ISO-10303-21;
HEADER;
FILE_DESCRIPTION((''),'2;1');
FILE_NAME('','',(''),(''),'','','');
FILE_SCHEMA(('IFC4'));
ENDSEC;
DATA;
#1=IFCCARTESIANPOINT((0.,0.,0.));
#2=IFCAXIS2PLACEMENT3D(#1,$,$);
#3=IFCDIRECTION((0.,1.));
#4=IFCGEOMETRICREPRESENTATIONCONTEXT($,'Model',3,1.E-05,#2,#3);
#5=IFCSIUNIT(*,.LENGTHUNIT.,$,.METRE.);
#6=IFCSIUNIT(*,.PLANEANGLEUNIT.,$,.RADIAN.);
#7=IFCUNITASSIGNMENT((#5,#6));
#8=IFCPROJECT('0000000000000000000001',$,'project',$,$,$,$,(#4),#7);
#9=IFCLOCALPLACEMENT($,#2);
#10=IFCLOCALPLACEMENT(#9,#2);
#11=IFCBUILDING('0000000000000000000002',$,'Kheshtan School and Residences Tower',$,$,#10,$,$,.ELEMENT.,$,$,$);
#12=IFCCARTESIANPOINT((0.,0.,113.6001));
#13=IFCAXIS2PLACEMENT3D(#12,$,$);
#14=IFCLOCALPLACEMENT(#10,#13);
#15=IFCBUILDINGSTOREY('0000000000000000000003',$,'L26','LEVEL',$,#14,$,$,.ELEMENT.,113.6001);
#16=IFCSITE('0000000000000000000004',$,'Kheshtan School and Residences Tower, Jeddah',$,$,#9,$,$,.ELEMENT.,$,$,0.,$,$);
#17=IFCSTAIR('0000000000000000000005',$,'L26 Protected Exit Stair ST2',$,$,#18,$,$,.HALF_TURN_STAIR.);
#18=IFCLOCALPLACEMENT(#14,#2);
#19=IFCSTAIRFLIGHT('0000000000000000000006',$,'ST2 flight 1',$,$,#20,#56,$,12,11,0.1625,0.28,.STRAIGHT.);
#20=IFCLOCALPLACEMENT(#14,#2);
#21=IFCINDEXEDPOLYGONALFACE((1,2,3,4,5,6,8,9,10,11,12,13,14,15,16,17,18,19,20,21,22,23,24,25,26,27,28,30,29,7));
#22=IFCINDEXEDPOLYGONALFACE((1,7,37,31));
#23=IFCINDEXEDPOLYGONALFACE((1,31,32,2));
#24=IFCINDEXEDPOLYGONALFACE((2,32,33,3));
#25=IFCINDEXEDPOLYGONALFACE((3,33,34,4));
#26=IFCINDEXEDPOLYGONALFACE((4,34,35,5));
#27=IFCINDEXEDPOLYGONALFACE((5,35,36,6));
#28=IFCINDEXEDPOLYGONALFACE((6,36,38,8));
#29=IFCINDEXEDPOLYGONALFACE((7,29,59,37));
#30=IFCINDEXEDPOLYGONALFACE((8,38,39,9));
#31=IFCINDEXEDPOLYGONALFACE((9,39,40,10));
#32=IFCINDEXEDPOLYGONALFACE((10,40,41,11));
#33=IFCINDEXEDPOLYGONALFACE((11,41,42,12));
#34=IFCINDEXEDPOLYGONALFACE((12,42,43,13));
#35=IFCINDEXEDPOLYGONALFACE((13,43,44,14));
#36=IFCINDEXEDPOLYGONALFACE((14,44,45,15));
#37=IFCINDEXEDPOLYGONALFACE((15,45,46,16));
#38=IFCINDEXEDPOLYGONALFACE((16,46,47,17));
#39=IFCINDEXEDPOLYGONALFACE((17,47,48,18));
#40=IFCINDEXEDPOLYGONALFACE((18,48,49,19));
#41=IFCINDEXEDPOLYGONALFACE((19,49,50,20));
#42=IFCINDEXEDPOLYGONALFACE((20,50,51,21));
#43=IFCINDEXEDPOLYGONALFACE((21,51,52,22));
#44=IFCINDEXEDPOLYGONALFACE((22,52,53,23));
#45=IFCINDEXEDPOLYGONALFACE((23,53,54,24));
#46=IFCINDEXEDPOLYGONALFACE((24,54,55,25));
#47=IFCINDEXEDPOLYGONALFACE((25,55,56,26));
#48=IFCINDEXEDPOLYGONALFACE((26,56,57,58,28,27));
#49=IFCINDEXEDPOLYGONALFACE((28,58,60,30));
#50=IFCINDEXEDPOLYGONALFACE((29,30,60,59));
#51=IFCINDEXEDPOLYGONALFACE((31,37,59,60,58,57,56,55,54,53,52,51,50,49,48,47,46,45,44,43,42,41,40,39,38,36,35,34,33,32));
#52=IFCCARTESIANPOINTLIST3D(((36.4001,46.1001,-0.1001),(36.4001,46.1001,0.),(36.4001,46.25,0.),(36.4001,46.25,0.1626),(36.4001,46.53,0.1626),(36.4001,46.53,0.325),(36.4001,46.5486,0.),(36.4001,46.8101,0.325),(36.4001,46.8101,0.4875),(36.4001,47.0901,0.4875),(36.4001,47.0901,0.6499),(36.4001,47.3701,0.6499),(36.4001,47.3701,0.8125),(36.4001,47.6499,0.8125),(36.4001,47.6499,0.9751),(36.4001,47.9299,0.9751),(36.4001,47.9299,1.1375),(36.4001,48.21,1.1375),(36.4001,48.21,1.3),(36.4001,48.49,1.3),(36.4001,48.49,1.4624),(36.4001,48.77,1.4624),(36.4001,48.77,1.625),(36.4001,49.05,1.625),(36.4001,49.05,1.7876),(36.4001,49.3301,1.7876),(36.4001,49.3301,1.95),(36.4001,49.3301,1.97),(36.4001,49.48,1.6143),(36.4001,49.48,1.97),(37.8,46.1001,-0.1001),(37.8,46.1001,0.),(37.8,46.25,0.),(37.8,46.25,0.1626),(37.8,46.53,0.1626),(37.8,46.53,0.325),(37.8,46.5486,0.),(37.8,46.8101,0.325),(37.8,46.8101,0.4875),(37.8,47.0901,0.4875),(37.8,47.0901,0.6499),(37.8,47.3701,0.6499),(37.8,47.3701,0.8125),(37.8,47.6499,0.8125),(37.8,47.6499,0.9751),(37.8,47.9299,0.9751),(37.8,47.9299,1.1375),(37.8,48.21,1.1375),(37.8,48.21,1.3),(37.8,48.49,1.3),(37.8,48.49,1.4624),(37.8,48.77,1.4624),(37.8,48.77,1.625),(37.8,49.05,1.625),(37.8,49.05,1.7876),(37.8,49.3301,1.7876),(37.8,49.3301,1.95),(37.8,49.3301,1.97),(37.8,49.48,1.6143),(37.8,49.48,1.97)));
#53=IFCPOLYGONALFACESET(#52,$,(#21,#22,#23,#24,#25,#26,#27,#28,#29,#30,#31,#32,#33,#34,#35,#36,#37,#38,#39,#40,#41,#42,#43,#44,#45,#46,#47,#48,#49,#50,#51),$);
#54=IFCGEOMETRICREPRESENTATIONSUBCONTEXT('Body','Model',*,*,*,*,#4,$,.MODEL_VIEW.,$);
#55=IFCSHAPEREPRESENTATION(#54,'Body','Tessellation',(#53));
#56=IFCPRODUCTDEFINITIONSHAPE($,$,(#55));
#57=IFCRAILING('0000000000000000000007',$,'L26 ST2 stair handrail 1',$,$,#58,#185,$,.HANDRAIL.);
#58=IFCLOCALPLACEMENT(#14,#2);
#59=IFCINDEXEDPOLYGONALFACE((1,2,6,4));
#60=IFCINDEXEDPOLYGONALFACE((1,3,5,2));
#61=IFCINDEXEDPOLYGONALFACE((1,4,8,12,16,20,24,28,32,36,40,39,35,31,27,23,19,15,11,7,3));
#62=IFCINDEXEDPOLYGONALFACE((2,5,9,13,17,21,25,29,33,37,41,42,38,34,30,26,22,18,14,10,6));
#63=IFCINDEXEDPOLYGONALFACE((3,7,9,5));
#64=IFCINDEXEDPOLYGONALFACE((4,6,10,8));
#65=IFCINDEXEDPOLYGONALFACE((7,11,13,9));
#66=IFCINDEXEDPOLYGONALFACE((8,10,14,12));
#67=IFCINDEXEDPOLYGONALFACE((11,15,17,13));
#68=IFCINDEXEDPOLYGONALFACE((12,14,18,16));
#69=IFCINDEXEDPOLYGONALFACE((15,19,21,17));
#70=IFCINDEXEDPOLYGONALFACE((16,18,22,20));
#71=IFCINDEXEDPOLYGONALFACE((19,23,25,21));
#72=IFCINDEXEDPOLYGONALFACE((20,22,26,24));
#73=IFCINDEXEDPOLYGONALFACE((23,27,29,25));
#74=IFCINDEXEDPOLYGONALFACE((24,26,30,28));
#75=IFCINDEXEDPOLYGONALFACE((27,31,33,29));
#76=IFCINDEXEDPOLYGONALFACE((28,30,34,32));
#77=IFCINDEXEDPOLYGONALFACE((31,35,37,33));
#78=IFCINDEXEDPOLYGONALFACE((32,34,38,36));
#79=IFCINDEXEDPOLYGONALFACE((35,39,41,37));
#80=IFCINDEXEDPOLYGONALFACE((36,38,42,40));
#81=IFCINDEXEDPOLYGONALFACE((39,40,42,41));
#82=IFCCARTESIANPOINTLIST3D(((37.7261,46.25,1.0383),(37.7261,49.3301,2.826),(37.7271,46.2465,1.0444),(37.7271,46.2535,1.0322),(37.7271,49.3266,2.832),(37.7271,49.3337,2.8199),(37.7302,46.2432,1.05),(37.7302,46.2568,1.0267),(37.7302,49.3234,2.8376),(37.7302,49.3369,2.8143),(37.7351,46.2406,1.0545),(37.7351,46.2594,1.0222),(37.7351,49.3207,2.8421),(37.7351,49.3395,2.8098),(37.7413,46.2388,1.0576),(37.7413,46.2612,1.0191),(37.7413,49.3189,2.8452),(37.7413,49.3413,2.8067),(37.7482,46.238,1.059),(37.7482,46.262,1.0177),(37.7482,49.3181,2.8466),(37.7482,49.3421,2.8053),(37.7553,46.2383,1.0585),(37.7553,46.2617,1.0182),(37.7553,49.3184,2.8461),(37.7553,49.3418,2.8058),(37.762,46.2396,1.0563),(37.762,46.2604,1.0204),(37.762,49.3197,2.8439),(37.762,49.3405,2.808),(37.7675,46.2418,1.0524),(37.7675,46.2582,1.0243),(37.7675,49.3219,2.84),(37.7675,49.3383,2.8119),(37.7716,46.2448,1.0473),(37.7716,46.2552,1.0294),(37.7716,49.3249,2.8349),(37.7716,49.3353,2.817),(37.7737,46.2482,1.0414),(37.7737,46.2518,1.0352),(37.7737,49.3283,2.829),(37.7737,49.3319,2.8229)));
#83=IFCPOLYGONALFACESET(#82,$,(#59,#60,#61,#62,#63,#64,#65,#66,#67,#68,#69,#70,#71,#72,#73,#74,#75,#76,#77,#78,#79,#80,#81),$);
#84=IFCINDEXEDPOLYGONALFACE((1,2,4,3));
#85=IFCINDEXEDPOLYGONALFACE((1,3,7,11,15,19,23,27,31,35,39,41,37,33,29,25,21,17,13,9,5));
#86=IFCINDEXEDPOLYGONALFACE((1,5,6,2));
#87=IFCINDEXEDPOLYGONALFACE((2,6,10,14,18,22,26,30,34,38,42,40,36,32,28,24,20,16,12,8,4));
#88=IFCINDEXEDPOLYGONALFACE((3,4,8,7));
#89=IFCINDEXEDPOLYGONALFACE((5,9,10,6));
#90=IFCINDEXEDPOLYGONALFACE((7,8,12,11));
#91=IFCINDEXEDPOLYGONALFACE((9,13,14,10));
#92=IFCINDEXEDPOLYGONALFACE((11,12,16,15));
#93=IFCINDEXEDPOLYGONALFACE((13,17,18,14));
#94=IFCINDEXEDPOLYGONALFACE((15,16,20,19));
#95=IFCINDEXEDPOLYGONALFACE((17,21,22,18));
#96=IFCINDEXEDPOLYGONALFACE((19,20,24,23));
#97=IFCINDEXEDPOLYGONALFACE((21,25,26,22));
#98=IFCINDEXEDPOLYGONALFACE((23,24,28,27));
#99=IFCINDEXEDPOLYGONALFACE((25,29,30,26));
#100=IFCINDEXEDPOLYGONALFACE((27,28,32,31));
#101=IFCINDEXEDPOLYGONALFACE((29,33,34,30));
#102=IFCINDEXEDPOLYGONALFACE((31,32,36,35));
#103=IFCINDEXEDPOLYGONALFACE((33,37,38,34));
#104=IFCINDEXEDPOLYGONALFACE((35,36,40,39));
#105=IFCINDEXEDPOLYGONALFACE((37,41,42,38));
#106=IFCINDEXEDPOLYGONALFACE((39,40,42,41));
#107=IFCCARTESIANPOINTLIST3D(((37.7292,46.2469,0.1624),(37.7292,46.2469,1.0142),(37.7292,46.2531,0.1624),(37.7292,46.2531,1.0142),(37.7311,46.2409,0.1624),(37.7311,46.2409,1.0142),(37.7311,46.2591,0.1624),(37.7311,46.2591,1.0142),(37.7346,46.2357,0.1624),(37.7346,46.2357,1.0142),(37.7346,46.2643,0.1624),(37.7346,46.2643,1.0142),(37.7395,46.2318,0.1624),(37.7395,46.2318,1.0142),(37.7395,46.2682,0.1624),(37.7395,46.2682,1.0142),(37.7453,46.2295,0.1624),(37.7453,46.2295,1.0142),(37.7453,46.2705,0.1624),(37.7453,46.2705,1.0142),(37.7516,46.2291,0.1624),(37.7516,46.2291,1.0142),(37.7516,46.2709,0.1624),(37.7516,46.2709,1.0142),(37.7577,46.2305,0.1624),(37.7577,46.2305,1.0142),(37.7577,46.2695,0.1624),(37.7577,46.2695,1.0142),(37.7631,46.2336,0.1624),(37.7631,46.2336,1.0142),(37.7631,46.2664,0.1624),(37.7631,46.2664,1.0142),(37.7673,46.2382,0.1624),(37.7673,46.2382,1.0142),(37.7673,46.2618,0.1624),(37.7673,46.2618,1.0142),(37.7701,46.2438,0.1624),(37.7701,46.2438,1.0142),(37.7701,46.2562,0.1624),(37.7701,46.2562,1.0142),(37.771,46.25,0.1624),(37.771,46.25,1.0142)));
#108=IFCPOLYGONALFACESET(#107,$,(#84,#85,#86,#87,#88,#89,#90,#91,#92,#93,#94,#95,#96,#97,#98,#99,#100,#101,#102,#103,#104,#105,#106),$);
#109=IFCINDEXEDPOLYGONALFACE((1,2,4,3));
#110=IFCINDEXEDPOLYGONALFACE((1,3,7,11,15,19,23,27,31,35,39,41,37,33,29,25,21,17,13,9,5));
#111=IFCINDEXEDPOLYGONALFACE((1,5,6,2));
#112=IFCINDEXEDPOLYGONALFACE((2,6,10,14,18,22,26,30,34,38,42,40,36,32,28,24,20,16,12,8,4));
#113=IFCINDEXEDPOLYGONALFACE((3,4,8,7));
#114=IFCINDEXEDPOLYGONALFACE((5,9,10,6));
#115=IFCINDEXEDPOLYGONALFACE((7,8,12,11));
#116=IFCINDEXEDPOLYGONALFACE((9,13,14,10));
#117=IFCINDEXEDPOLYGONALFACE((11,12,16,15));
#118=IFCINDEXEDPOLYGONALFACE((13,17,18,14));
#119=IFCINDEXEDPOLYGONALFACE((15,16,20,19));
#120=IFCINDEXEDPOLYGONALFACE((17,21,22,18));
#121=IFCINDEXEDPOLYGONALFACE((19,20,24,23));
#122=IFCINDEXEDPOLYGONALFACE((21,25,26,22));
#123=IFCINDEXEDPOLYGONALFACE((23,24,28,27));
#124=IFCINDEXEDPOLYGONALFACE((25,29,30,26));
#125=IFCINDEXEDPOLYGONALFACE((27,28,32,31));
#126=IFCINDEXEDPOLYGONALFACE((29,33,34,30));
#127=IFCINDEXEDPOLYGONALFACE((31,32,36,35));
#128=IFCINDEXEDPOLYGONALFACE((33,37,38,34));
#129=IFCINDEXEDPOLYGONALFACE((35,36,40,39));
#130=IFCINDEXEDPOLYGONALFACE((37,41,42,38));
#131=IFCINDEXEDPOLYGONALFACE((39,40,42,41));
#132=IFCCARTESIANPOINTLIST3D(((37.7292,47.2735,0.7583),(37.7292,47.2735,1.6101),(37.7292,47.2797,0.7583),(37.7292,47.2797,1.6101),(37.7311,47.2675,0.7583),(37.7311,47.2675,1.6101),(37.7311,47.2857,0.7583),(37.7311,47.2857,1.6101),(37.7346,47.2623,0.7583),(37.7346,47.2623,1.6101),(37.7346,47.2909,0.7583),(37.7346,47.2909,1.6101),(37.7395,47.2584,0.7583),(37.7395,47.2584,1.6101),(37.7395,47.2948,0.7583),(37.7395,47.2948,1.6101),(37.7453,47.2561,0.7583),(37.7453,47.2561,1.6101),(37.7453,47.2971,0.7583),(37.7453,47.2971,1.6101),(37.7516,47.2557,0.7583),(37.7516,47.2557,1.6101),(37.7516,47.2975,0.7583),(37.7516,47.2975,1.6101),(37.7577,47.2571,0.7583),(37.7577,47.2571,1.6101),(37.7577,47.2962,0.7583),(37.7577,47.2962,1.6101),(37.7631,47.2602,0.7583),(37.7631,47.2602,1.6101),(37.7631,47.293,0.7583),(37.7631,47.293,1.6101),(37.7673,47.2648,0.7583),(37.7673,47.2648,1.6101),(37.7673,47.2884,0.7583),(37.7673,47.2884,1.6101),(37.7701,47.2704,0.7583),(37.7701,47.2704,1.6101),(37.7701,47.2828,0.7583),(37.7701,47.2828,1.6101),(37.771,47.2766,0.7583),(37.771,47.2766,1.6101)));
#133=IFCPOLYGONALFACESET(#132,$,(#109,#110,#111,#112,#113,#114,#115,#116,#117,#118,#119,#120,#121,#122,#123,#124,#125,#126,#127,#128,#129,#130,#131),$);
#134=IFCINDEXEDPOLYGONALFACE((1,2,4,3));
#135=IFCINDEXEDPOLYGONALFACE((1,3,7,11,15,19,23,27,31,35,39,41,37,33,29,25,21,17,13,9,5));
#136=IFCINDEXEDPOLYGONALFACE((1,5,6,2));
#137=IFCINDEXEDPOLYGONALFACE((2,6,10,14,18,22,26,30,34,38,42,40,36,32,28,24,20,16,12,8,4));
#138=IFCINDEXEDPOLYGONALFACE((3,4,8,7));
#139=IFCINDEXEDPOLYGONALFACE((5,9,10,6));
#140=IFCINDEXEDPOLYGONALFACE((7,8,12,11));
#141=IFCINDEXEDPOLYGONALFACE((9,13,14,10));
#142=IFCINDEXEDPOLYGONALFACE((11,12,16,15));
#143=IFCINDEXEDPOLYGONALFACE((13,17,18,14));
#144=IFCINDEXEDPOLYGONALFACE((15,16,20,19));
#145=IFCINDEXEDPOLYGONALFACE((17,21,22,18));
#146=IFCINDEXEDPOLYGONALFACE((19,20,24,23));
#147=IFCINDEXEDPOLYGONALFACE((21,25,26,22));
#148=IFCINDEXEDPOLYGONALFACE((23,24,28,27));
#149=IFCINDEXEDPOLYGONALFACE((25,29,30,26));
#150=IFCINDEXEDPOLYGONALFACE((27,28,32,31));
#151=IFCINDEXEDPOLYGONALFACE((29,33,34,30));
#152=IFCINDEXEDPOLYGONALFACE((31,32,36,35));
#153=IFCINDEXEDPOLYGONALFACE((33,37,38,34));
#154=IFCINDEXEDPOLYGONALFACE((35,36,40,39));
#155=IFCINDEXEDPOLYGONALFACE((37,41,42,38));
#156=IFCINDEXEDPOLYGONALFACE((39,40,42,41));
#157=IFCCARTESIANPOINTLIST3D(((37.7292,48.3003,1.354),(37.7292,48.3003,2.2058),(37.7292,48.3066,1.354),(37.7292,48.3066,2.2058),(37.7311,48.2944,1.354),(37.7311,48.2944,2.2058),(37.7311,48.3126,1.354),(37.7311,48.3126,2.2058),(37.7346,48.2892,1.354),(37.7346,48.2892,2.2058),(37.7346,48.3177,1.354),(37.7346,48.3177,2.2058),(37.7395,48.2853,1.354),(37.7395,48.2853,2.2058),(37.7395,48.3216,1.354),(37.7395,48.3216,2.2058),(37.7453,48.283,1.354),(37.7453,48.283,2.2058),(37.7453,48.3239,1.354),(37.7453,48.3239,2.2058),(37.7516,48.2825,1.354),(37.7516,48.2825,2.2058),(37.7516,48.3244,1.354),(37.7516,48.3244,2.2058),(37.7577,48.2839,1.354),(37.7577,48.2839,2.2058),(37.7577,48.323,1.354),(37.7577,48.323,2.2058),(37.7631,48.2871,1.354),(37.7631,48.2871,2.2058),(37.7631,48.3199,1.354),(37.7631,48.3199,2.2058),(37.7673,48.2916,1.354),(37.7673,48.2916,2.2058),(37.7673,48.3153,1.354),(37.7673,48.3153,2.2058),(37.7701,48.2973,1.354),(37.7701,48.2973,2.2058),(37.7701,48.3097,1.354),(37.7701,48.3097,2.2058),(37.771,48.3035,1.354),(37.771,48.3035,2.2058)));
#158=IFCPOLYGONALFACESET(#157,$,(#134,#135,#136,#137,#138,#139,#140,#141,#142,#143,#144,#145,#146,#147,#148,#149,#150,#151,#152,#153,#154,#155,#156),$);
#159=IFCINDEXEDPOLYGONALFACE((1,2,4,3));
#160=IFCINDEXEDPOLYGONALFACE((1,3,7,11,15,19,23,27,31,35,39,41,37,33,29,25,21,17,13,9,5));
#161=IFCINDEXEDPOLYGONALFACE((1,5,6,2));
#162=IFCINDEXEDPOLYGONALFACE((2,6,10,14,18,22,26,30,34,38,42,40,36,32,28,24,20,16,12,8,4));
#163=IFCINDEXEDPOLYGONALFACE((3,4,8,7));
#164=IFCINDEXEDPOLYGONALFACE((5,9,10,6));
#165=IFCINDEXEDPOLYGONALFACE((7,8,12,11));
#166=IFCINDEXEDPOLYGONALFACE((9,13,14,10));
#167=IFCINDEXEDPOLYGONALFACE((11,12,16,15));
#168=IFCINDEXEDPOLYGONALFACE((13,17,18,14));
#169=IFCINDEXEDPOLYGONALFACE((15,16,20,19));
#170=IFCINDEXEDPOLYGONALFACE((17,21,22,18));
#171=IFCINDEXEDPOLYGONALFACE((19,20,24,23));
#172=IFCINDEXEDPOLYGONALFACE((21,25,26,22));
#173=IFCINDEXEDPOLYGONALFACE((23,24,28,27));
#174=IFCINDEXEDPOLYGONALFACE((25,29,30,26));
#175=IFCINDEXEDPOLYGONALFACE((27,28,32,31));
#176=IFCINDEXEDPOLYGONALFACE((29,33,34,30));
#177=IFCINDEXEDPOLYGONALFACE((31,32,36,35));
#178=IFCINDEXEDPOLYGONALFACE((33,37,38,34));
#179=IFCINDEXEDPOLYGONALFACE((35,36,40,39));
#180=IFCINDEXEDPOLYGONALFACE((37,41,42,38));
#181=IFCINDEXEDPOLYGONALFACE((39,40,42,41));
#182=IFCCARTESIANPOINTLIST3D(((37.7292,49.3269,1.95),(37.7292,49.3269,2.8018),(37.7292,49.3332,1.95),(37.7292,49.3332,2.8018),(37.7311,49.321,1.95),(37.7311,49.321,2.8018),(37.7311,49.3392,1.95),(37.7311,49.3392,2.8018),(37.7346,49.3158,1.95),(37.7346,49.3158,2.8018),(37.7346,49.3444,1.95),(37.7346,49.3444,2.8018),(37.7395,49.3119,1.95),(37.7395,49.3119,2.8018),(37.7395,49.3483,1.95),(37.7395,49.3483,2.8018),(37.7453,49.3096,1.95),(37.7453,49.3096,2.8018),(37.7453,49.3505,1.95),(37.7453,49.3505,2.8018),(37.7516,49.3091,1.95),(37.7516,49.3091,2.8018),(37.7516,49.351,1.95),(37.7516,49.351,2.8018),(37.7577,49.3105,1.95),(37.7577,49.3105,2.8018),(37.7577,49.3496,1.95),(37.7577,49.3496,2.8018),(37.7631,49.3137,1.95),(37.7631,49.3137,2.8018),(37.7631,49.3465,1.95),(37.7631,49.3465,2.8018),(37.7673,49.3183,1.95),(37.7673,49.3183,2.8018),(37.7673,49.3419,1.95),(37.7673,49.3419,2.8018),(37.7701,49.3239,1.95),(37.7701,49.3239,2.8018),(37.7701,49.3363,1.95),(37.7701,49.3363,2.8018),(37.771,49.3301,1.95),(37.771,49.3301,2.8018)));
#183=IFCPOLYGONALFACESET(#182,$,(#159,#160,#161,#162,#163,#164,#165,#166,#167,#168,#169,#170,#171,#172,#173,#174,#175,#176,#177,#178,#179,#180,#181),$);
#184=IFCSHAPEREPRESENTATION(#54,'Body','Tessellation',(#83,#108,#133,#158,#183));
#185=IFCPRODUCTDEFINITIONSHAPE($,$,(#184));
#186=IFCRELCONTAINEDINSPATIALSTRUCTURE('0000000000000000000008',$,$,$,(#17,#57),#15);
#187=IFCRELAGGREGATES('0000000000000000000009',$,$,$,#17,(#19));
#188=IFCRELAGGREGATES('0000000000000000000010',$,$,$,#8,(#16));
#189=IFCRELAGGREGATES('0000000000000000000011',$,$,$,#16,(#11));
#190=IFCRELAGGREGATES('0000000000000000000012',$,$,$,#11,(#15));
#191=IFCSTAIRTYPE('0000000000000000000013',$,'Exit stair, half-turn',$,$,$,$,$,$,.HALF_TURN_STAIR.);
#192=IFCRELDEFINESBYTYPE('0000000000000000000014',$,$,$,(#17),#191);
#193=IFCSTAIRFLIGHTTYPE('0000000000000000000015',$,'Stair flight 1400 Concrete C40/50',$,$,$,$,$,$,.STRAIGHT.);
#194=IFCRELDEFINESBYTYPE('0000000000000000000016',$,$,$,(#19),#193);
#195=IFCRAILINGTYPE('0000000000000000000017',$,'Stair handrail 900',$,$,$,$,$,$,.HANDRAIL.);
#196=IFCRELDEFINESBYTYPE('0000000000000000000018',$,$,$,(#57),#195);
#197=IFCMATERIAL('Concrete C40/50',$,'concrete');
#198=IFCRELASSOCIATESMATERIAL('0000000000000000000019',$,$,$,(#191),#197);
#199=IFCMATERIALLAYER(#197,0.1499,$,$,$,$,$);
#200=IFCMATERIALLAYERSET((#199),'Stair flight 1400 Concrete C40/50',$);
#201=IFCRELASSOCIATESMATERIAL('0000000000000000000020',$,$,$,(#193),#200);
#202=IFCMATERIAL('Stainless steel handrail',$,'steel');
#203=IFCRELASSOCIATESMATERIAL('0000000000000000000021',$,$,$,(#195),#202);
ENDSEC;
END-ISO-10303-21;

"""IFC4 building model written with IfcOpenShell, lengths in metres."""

from ifc_helpers import new_model, si_unit, direction, frame, origin, origin_2d, place, context, subcontext, project, spatial, polyline, circle, outline, extrude, material, layer, layer_set, type_object, element, aggregate, save


model = new_model("IFC4")

# Units and contexts
model_context = context("Model", 3, precision=1e-05, world=origin(), true_north=direction((0.0, 1.0)))
body_context = subcontext(model_context, "Body", "Model", "MODEL_VIEW")
ifc_project = project(units=[si_unit("LENGTHUNIT", "METRE"), si_unit("PLANEANGLEUNIT", "RADIAN")], contexts=[model_context])

# Site, building, storey
site_placement = place(None, origin())
site = spatial("IfcSite", under=ifc_project, at=site_placement, Name="Kheshtan School and Residences Tower, Jeddah", CompositionType="ELEMENT", RefElevation=0.0)
building_placement = place(site_placement, origin())
building = spatial("IfcBuilding", under=site, at=building_placement, Name="Kheshtan School and Residences Tower", CompositionType="ELEMENT")
storey_placement = place(building_placement, frame((0.0, 0.0, 113.6001)))
storey = spatial("IfcBuildingStorey", under=building, at=storey_placement, Name="L26", Description="LEVEL", CompositionType="ELEMENT", Elevation=113.6001)

# Shared definitions
ifc_material_1 = material(Name="Concrete C40/50", Category="concrete")

# Stair, stair flight
stair_type = type_object("IfcStairType", Name="Exit stair, half-turn", PredefinedType="HALF_TURN_STAIR", material=ifc_material_1)
stair_placement = place(storey_placement, origin())
stair = element("IfcStair", 1, at=stair_placement, inside=storey, type_object=stair_type, Name="L26 Protected Exit Stair ST2", PredefinedType="HALF_TURN_STAIR")
ifc_layer_1 = layer(ifc_material_1, 0.1499)
ifc_layer_set_1 = layer_set([ifc_layer_1], Name="Stair flight 1400 Concrete C40/50")
stair_flight_type = type_object("IfcStairFlightType", Name="Stair flight 1400 Concrete C40/50", PredefinedType="STRAIGHT", material=ifc_layer_set_1)
stair_flight_placement = place(storey_placement, frame((37.1001, 46.25, 0.0), z_axis=(0.0, 0.0, 1.0), x_axis=(0.0, 1.0, 0.0)))
stair_flight = element("IfcStairFlight", 2, at=stair_flight_placement, type_object=stair_flight_type, Name="ST2 flight 1", NumberOfRisers=12, NumberOfTreads=11, PredefinedType="STRAIGHT", RiserHeight=0.1625, TreadLength=0.28, context=body_context, shape_type="SweptSolid", body=[
    extrude(outline(polyline([(-0.1499, -0.1001), (-0.1499, 0.0), (0.0, 0.0), (0.0, 0.1626), (0.28, 0.1626), (0.28, 0.325), (0.5601, 0.325), (0.5601, 0.4875), (0.8401, 0.4875), (0.8401, 0.6499), (1.1201, 0.6499), (1.1201, 0.8125), (1.3999, 0.8125), (1.3999, 0.9751), (1.6799, 0.9751), (1.6799, 1.1375), (1.96, 1.1375), (1.96, 1.3), (2.24, 1.3), (2.24, 1.4624), (2.52, 1.4624), (2.52, 1.625), (2.8, 1.625), (2.8, 1.7876), (3.0801, 1.7876), (3.0801, 1.95), (3.0801, 1.97), (3.23, 1.97), (3.23, 1.6143), (0.2986, 0.0), (-0.1499, -0.1001)])), frame((0.0, 0.7, 0.0), z_axis=(0.0, -1.0, 0.0), x_axis=(1.0, 0.0, 0.0)), (0.0, 0.0, 1.0), 1.3999),
])
aggregate(stair, [stair_flight])

# Railing
ifc_material_2 = material(Name="Stainless steel handrail", Category="steel")
railing_type_1 = type_object("IfcRailingType", Name="Stair handrail 900", PredefinedType="HANDRAIL", material=ifc_material_2)
railing_1_placement = place(storey_placement, frame((37.75, 46.25, 0.1624)))
element("IfcRailing", 3, at=railing_1_placement, inside=storey, type_object=railing_type_1, Name="L26 ST2 stair handrail 1", PredefinedType="HANDRAIL", context=body_context, shape_type="SweptSolid", body=[
    extrude(circle(Radius=0.0239, at=origin_2d()), frame((0.0, 0.0, 0.876), z_axis=(0.0, 0.864891, 0.50196), x_axis=(-1.0, 0.0, 0.0)), (0.0, 0.0, 1.0), 3.5613),
    extrude(circle(Radius=0.021, at=origin_2d()), origin(), (0.0, 0.0, 1.0), 0.8518),
    extrude(circle(Radius=0.021, at=origin_2d()), frame((0.0, 1.0266, 0.5959)), (0.0, 0.0, 1.0), 0.8518),
    extrude(circle(Radius=0.021, at=origin_2d()), frame((0.0, 2.0535, 1.1917)), (0.0, 0.0, 1.0), 0.8518),
    extrude(circle(Radius=0.021, at=origin_2d()), frame((0.0, 3.0801, 1.7876)), (0.0, 0.0, 1.0), 0.8518),
])

save(model, "model.ifc")
